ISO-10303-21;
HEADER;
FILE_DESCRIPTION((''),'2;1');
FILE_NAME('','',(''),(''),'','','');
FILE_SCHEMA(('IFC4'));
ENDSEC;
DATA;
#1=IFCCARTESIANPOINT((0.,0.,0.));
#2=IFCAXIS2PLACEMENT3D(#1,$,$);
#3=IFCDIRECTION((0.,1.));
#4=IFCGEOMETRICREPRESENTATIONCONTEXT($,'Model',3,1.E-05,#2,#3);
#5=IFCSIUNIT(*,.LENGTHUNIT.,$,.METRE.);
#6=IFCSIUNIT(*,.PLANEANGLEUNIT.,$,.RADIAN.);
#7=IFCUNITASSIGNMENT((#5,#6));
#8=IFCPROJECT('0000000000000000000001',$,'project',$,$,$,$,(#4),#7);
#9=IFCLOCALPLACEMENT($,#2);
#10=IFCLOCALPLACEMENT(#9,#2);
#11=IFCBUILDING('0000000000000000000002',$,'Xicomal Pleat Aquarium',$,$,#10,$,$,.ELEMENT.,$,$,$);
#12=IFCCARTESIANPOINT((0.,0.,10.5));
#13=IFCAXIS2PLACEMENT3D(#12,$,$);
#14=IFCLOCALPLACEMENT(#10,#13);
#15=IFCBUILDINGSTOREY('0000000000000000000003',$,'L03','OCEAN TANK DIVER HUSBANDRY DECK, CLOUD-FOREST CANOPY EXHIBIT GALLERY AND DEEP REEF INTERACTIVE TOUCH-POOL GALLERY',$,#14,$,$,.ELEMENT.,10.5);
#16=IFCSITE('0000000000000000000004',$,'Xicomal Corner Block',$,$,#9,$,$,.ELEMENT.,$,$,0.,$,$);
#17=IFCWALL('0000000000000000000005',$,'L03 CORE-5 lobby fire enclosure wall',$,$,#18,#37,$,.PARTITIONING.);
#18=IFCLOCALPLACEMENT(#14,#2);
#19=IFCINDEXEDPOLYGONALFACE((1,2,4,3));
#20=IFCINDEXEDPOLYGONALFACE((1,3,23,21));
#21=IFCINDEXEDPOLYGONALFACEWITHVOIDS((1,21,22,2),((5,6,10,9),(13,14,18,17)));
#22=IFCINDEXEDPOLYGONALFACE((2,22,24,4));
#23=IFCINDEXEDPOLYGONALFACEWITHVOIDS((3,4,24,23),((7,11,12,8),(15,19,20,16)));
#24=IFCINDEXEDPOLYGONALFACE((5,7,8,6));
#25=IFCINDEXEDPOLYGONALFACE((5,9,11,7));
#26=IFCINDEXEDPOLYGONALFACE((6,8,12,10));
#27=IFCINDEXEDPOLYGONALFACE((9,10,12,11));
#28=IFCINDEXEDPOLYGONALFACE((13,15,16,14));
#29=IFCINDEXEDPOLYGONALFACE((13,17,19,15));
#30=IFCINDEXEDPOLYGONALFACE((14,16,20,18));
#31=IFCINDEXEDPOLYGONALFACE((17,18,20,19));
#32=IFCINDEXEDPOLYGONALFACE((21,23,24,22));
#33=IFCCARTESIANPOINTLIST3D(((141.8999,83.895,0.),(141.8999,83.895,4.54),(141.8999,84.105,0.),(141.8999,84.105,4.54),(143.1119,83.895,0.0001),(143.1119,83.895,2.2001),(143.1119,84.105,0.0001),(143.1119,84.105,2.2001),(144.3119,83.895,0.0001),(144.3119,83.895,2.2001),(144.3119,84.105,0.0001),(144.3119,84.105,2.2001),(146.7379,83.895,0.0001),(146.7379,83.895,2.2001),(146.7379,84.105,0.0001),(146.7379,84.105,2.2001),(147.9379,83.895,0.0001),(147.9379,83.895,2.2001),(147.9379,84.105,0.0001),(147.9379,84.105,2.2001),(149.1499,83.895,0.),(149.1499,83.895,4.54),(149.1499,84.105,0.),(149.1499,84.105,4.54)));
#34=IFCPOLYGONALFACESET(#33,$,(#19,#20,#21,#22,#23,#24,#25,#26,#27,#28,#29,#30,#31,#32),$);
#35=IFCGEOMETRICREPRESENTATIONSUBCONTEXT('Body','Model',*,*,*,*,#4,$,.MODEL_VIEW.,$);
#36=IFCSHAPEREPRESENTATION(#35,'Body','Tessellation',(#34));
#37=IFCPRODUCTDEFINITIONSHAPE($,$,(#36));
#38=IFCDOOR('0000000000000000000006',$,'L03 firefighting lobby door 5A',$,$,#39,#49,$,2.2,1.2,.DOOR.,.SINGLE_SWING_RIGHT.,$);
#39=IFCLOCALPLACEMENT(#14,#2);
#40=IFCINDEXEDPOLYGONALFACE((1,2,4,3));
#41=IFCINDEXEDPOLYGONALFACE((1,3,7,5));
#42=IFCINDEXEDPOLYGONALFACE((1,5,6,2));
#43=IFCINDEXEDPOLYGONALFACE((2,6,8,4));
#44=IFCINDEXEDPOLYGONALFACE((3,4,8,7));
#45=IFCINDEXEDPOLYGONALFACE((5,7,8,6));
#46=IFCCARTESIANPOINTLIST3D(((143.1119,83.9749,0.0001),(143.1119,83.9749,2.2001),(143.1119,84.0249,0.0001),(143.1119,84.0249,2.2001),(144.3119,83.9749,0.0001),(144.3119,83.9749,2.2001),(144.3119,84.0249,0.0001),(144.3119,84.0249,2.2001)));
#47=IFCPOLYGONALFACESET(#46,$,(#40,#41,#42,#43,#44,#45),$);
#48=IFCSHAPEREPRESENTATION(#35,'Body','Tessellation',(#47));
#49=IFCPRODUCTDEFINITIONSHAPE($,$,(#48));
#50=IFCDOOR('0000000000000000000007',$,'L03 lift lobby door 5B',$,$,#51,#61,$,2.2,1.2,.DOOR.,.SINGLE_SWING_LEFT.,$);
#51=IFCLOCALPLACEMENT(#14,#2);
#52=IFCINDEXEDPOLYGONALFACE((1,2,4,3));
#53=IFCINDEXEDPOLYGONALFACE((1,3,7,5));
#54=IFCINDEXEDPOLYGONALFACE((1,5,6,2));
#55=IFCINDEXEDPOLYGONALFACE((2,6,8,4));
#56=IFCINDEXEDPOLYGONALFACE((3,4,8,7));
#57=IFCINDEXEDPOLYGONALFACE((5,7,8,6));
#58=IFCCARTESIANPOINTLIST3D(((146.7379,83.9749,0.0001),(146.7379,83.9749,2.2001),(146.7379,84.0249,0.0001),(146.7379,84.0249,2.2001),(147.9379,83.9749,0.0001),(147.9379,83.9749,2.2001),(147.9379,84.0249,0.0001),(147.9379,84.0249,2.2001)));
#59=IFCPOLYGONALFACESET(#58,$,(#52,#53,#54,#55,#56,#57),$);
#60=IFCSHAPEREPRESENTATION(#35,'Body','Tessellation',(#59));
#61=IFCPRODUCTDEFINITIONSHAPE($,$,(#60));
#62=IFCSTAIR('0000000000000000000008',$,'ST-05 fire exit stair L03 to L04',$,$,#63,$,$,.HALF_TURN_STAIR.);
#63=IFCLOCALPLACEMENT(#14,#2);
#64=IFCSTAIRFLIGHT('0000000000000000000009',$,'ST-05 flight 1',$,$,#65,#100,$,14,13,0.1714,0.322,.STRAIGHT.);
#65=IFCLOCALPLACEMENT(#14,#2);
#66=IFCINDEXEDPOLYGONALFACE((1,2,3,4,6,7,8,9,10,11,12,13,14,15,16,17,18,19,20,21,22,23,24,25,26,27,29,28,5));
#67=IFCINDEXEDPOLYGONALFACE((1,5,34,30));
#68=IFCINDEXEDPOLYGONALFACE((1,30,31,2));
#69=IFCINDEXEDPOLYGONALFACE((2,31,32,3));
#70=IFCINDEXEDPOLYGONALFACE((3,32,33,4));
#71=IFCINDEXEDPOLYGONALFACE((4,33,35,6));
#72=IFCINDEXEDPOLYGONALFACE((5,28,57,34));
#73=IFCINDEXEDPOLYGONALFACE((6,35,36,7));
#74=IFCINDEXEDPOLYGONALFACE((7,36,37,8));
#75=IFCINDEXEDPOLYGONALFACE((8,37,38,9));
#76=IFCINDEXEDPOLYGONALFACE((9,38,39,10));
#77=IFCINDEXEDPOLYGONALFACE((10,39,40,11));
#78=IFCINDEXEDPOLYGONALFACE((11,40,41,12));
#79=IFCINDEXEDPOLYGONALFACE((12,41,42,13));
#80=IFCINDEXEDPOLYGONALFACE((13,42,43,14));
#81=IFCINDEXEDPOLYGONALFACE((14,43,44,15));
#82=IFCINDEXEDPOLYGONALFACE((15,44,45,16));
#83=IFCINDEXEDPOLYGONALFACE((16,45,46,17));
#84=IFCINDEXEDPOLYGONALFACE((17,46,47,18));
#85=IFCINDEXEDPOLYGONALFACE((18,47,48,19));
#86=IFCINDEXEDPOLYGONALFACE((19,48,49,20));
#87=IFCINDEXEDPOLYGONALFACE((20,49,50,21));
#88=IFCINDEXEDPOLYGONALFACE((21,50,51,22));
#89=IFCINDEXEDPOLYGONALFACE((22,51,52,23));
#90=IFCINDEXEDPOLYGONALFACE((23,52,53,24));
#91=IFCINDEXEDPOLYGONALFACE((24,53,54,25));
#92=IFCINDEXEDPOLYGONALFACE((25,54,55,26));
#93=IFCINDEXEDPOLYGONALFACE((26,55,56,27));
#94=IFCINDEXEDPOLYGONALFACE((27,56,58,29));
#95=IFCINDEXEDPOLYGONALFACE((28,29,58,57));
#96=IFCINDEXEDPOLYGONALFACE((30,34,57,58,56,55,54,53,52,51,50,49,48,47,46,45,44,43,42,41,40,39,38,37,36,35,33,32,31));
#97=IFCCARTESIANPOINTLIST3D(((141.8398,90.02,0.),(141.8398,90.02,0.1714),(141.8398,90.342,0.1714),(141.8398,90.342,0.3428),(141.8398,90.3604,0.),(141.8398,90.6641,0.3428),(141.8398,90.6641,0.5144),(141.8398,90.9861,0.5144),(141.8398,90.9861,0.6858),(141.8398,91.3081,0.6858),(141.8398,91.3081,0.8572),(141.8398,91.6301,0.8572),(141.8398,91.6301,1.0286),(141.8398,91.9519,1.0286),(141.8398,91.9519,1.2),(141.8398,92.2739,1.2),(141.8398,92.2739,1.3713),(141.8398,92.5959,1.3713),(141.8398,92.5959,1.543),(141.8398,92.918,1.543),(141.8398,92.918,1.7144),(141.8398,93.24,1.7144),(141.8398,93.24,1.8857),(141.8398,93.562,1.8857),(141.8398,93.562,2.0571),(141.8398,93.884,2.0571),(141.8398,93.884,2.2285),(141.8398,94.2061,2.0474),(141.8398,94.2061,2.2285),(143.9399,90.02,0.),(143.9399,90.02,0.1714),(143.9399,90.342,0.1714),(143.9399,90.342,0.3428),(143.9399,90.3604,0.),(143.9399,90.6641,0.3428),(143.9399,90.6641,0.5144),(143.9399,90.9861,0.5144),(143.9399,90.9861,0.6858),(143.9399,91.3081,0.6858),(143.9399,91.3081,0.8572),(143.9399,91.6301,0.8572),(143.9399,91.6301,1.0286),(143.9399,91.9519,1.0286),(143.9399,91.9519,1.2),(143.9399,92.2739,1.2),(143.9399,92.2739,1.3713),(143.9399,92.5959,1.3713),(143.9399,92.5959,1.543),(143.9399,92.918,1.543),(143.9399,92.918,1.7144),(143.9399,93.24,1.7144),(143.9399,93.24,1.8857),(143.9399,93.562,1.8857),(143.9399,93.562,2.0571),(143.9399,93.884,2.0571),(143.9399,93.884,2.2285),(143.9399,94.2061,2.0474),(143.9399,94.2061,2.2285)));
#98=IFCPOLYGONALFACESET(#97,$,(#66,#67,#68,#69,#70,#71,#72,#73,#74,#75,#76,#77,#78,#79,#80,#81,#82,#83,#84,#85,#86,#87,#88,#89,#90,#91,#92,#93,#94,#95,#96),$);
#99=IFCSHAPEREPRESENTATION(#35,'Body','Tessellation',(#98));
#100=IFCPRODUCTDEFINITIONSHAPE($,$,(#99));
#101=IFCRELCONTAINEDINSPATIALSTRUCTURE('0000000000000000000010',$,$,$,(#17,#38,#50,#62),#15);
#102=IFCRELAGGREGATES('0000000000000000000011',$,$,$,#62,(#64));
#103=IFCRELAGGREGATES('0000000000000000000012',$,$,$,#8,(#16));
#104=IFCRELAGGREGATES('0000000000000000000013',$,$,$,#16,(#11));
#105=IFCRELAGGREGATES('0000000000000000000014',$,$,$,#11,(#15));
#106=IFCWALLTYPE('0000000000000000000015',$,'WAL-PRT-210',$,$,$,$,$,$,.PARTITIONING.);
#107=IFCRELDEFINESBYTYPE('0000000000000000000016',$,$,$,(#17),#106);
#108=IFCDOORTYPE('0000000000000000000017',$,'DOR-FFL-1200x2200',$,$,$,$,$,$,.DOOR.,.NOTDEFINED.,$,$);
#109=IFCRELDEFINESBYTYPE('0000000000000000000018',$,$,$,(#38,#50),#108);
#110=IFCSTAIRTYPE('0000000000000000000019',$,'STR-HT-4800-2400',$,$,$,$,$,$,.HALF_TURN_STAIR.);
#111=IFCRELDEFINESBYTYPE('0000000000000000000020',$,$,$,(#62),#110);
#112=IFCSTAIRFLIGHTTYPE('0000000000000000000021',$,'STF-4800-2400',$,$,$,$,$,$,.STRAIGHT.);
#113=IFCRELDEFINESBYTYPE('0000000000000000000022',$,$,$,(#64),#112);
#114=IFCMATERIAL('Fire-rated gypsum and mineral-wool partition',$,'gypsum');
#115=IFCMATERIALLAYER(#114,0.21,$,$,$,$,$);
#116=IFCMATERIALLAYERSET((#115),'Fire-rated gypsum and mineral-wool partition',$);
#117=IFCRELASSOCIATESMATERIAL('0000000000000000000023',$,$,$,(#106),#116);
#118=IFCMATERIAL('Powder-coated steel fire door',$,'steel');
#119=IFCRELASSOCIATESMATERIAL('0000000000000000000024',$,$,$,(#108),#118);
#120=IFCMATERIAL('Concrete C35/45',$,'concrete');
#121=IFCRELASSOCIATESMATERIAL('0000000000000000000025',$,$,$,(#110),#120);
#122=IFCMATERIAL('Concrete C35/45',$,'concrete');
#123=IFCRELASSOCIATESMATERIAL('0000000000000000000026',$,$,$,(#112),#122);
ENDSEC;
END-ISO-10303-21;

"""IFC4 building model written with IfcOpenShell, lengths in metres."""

from ifc_helpers import new_model, si_unit, direction, frame, frame_2d, origin, place, context, subcontext, project, spatial, polyline, rectangle, outline, extrude, material, layer, layer_set, type_object, element, fill, aggregate, save


model = new_model("IFC4")

# Units and contexts
model_context = context("Model", 3, precision=1e-05, world=origin(), true_north=direction((0.0, 1.0)))
body_context = subcontext(model_context, "Body", "Model", "MODEL_VIEW")
ifc_project = project(units=[si_unit("LENGTHUNIT", "METRE"), si_unit("PLANEANGLEUNIT", "RADIAN")], contexts=[model_context])

# Site, building, storey
site_placement = place(None, origin())
site = spatial("IfcSite", under=ifc_project, at=site_placement, Name="Xicomal Corner Block", CompositionType="ELEMENT", RefElevation=0.0)
building_placement = place(site_placement, origin())
building = spatial("IfcBuilding", under=site, at=building_placement, Name="Xicomal Pleat Aquarium", CompositionType="ELEMENT")
storey_placement = place(building_placement, frame((0.0, 0.0, 10.5)))
storey = spatial("IfcBuildingStorey", under=building, at=storey_placement, Name="L03", Description="OCEAN TANK DIVER HUSBANDRY DECK, CLOUD-FOREST CANOPY EXHIBIT GALLERY AND DEEP REEF INTERACTIVE TOUCH-POOL GALLERY", CompositionType="ELEMENT", Elevation=10.5)

# Wall, openings, doors
ifc_material_1 = material(Name="Fire-rated gypsum and mineral-wool partition", Category="gypsum")
ifc_layer_1 = layer(ifc_material_1, 0.21)
ifc_layer_set_1 = layer_set([ifc_layer_1], Name="Fire-rated gypsum and mineral-wool partition")
wall_type_1 = type_object("IfcWallType", Name="WAL-PRT-210", PredefinedType="PARTITIONING", material=ifc_layer_set_1)
wall_1_placement = place(storey_placement, frame((141.8999, 84.0, 0.0), z_axis=(0.0, 0.0, 1.0), x_axis=(1.0, 0.0, 0.0)))
wall_1 = element("IfcWall", 1, at=wall_1_placement, inside=storey, type_object=wall_type_1, Name="L03 CORE-5 lobby fire enclosure wall", PredefinedType="PARTITIONING", context=body_context, shape_type="SweptSolid", body=[
    extrude(rectangle(XDim=7.25, YDim=0.21, at=frame_2d((3.625, 0.0))), origin(), (0.0, 0.0, 1.0), 4.54),
])
opening_1_placement = place(wall_1_placement, frame((1.2119, 0.0, 0.0)))
opening_1 = element("IfcOpeningElement", 2, at=opening_1_placement, cuts=wall_1, PredefinedType="OPENING", context=body_context, shape_type="SweptSolid", body=[
    extrude(rectangle(XDim=1.2, YDim=2.2, at=frame_2d((0.6001, 1.1001))), frame((0.0, 0.115, 0.0), z_axis=(0.0, -1.0, 0.0), x_axis=(1.0, 0.0, 0.0)), (0.0, 0.0, 1.0), 0.23),
])
opening_2_placement = place(wall_1_placement, frame((4.8379, 0.0, 0.0)))
opening_2 = element("IfcOpeningElement", 3, at=opening_2_placement, cuts=wall_1, PredefinedType="OPENING", context=body_context, shape_type="SweptSolid", body=[
    extrude(rectangle(XDim=1.2, YDim=2.2, at=frame_2d((0.6001, 1.1001))), frame((0.0, 0.115, 0.0), z_axis=(0.0, -1.0, 0.0), x_axis=(1.0, 0.0, 0.0)), (0.0, 0.0, 1.0), 0.23),
])
ifc_material_2 = material(Name="Powder-coated steel fire door", Category="steel")
door_type_1 = type_object("IfcDoorType", Name="DOR-FFL-1200x2200", OperationType="NOTDEFINED", PredefinedType="DOOR", material=ifc_material_2)
door_1_placement = place(opening_1_placement, origin())
door_1 = element("IfcDoor", 4, at=door_1_placement, inside=storey, type_object=door_type_1, Name="L03 firefighting lobby door 5A", OperationType="SINGLE_SWING_RIGHT", OverallHeight=2.2, OverallWidth=1.2, PredefinedType="DOOR", context=body_context, shape_type="SweptSolid", body=[
    extrude(rectangle(XDim=1.2, YDim=2.2, at=frame_2d((0.6001, 1.1001))), frame((0.0, 0.0249, 0.0), z_axis=(0.0, -1.0, 0.0), x_axis=(1.0, 0.0, 0.0)), (0.0, 0.0, 1.0), 0.05),
])
fill(opening_1, door_1)
door_2_placement = place(opening_2_placement, origin())
door_2 = element("IfcDoor", 5, at=door_2_placement, inside=storey, type_object=door_type_1, Name="L03 lift lobby door 5B", OperationType="SINGLE_SWING_LEFT", OverallHeight=2.2, OverallWidth=1.2, PredefinedType="DOOR", context=body_context, shape_type="SweptSolid", body=[
    extrude(rectangle(XDim=1.2, YDim=2.2, at=frame_2d((0.6001, 1.1001))), frame((0.0, 0.0249, 0.0), z_axis=(0.0, -1.0, 0.0), x_axis=(1.0, 0.0, 0.0)), (0.0, 0.0, 1.0), 0.05),
])
fill(opening_2, door_2)

# Stair, stair flight
ifc_material_3 = material(Name="Concrete C35/45", Category="concrete")
stair_type = type_object("IfcStairType", Name="STR-HT-4800-2400", PredefinedType="HALF_TURN_STAIR", material=ifc_material_3)
stair_placement = place(storey_placement, origin())
stair = element("IfcStair", 6, at=stair_placement, inside=storey, type_object=stair_type, Name="ST-05 fire exit stair L03 to L04", PredefinedType="HALF_TURN_STAIR")
ifc_material_4 = material(Name="Concrete C35/45", Category="concrete")
stair_flight_type = type_object("IfcStairFlightType", Name="STF-4800-2400", PredefinedType="STRAIGHT", material=ifc_material_4)
stair_flight_placement = place(storey_placement, frame((142.8899, 90.02, 0.0), z_axis=(0.0, 0.0, 1.0), x_axis=(0.0, 1.0, 0.0)))
stair_flight = element("IfcStairFlight", 7, at=stair_flight_placement, type_object=stair_flight_type, Name="ST-05 flight 1", NumberOfRisers=14, NumberOfTreads=13, PredefinedType="STRAIGHT", RiserHeight=0.1714, TreadLength=0.322, context=body_context, shape_type="SweptSolid", body=[
    extrude(outline(polyline([(0.0, 0.0), (0.0, 0.1714), (0.322, 0.1714), (0.322, 0.3428), (0.644, 0.3428), (0.644, 0.5144), (0.9661, 0.5144), (0.9661, 0.6858), (1.2881, 0.6858), (1.2881, 0.8572), (1.6101, 0.8572), (1.6101, 1.0286), (1.9319, 1.0286), (1.9319, 1.2), (2.2539, 1.2), (2.2539, 1.3713), (2.5759, 1.3713), (2.5759, 1.543), (2.8979, 1.543), (2.8979, 1.7144), (3.22, 1.7144), (3.22, 1.8857), (3.542, 1.8857), (3.542, 2.0571), (3.864, 2.0571), (3.864, 2.2285), (4.186, 2.2285), (4.186, 2.3999), (4.186, 2.0474), (0.3403, 0.0), (0.0, 0.0)])), frame((0.0, 1.05, 0.0), z_axis=(0.0, -1.0, 0.0), x_axis=(1.0, 0.0, 0.0)), (0.0, 0.0, 1.0), 2.1001),
])
aggregate(stair, [stair_flight])

save(model, "model.ifc")
